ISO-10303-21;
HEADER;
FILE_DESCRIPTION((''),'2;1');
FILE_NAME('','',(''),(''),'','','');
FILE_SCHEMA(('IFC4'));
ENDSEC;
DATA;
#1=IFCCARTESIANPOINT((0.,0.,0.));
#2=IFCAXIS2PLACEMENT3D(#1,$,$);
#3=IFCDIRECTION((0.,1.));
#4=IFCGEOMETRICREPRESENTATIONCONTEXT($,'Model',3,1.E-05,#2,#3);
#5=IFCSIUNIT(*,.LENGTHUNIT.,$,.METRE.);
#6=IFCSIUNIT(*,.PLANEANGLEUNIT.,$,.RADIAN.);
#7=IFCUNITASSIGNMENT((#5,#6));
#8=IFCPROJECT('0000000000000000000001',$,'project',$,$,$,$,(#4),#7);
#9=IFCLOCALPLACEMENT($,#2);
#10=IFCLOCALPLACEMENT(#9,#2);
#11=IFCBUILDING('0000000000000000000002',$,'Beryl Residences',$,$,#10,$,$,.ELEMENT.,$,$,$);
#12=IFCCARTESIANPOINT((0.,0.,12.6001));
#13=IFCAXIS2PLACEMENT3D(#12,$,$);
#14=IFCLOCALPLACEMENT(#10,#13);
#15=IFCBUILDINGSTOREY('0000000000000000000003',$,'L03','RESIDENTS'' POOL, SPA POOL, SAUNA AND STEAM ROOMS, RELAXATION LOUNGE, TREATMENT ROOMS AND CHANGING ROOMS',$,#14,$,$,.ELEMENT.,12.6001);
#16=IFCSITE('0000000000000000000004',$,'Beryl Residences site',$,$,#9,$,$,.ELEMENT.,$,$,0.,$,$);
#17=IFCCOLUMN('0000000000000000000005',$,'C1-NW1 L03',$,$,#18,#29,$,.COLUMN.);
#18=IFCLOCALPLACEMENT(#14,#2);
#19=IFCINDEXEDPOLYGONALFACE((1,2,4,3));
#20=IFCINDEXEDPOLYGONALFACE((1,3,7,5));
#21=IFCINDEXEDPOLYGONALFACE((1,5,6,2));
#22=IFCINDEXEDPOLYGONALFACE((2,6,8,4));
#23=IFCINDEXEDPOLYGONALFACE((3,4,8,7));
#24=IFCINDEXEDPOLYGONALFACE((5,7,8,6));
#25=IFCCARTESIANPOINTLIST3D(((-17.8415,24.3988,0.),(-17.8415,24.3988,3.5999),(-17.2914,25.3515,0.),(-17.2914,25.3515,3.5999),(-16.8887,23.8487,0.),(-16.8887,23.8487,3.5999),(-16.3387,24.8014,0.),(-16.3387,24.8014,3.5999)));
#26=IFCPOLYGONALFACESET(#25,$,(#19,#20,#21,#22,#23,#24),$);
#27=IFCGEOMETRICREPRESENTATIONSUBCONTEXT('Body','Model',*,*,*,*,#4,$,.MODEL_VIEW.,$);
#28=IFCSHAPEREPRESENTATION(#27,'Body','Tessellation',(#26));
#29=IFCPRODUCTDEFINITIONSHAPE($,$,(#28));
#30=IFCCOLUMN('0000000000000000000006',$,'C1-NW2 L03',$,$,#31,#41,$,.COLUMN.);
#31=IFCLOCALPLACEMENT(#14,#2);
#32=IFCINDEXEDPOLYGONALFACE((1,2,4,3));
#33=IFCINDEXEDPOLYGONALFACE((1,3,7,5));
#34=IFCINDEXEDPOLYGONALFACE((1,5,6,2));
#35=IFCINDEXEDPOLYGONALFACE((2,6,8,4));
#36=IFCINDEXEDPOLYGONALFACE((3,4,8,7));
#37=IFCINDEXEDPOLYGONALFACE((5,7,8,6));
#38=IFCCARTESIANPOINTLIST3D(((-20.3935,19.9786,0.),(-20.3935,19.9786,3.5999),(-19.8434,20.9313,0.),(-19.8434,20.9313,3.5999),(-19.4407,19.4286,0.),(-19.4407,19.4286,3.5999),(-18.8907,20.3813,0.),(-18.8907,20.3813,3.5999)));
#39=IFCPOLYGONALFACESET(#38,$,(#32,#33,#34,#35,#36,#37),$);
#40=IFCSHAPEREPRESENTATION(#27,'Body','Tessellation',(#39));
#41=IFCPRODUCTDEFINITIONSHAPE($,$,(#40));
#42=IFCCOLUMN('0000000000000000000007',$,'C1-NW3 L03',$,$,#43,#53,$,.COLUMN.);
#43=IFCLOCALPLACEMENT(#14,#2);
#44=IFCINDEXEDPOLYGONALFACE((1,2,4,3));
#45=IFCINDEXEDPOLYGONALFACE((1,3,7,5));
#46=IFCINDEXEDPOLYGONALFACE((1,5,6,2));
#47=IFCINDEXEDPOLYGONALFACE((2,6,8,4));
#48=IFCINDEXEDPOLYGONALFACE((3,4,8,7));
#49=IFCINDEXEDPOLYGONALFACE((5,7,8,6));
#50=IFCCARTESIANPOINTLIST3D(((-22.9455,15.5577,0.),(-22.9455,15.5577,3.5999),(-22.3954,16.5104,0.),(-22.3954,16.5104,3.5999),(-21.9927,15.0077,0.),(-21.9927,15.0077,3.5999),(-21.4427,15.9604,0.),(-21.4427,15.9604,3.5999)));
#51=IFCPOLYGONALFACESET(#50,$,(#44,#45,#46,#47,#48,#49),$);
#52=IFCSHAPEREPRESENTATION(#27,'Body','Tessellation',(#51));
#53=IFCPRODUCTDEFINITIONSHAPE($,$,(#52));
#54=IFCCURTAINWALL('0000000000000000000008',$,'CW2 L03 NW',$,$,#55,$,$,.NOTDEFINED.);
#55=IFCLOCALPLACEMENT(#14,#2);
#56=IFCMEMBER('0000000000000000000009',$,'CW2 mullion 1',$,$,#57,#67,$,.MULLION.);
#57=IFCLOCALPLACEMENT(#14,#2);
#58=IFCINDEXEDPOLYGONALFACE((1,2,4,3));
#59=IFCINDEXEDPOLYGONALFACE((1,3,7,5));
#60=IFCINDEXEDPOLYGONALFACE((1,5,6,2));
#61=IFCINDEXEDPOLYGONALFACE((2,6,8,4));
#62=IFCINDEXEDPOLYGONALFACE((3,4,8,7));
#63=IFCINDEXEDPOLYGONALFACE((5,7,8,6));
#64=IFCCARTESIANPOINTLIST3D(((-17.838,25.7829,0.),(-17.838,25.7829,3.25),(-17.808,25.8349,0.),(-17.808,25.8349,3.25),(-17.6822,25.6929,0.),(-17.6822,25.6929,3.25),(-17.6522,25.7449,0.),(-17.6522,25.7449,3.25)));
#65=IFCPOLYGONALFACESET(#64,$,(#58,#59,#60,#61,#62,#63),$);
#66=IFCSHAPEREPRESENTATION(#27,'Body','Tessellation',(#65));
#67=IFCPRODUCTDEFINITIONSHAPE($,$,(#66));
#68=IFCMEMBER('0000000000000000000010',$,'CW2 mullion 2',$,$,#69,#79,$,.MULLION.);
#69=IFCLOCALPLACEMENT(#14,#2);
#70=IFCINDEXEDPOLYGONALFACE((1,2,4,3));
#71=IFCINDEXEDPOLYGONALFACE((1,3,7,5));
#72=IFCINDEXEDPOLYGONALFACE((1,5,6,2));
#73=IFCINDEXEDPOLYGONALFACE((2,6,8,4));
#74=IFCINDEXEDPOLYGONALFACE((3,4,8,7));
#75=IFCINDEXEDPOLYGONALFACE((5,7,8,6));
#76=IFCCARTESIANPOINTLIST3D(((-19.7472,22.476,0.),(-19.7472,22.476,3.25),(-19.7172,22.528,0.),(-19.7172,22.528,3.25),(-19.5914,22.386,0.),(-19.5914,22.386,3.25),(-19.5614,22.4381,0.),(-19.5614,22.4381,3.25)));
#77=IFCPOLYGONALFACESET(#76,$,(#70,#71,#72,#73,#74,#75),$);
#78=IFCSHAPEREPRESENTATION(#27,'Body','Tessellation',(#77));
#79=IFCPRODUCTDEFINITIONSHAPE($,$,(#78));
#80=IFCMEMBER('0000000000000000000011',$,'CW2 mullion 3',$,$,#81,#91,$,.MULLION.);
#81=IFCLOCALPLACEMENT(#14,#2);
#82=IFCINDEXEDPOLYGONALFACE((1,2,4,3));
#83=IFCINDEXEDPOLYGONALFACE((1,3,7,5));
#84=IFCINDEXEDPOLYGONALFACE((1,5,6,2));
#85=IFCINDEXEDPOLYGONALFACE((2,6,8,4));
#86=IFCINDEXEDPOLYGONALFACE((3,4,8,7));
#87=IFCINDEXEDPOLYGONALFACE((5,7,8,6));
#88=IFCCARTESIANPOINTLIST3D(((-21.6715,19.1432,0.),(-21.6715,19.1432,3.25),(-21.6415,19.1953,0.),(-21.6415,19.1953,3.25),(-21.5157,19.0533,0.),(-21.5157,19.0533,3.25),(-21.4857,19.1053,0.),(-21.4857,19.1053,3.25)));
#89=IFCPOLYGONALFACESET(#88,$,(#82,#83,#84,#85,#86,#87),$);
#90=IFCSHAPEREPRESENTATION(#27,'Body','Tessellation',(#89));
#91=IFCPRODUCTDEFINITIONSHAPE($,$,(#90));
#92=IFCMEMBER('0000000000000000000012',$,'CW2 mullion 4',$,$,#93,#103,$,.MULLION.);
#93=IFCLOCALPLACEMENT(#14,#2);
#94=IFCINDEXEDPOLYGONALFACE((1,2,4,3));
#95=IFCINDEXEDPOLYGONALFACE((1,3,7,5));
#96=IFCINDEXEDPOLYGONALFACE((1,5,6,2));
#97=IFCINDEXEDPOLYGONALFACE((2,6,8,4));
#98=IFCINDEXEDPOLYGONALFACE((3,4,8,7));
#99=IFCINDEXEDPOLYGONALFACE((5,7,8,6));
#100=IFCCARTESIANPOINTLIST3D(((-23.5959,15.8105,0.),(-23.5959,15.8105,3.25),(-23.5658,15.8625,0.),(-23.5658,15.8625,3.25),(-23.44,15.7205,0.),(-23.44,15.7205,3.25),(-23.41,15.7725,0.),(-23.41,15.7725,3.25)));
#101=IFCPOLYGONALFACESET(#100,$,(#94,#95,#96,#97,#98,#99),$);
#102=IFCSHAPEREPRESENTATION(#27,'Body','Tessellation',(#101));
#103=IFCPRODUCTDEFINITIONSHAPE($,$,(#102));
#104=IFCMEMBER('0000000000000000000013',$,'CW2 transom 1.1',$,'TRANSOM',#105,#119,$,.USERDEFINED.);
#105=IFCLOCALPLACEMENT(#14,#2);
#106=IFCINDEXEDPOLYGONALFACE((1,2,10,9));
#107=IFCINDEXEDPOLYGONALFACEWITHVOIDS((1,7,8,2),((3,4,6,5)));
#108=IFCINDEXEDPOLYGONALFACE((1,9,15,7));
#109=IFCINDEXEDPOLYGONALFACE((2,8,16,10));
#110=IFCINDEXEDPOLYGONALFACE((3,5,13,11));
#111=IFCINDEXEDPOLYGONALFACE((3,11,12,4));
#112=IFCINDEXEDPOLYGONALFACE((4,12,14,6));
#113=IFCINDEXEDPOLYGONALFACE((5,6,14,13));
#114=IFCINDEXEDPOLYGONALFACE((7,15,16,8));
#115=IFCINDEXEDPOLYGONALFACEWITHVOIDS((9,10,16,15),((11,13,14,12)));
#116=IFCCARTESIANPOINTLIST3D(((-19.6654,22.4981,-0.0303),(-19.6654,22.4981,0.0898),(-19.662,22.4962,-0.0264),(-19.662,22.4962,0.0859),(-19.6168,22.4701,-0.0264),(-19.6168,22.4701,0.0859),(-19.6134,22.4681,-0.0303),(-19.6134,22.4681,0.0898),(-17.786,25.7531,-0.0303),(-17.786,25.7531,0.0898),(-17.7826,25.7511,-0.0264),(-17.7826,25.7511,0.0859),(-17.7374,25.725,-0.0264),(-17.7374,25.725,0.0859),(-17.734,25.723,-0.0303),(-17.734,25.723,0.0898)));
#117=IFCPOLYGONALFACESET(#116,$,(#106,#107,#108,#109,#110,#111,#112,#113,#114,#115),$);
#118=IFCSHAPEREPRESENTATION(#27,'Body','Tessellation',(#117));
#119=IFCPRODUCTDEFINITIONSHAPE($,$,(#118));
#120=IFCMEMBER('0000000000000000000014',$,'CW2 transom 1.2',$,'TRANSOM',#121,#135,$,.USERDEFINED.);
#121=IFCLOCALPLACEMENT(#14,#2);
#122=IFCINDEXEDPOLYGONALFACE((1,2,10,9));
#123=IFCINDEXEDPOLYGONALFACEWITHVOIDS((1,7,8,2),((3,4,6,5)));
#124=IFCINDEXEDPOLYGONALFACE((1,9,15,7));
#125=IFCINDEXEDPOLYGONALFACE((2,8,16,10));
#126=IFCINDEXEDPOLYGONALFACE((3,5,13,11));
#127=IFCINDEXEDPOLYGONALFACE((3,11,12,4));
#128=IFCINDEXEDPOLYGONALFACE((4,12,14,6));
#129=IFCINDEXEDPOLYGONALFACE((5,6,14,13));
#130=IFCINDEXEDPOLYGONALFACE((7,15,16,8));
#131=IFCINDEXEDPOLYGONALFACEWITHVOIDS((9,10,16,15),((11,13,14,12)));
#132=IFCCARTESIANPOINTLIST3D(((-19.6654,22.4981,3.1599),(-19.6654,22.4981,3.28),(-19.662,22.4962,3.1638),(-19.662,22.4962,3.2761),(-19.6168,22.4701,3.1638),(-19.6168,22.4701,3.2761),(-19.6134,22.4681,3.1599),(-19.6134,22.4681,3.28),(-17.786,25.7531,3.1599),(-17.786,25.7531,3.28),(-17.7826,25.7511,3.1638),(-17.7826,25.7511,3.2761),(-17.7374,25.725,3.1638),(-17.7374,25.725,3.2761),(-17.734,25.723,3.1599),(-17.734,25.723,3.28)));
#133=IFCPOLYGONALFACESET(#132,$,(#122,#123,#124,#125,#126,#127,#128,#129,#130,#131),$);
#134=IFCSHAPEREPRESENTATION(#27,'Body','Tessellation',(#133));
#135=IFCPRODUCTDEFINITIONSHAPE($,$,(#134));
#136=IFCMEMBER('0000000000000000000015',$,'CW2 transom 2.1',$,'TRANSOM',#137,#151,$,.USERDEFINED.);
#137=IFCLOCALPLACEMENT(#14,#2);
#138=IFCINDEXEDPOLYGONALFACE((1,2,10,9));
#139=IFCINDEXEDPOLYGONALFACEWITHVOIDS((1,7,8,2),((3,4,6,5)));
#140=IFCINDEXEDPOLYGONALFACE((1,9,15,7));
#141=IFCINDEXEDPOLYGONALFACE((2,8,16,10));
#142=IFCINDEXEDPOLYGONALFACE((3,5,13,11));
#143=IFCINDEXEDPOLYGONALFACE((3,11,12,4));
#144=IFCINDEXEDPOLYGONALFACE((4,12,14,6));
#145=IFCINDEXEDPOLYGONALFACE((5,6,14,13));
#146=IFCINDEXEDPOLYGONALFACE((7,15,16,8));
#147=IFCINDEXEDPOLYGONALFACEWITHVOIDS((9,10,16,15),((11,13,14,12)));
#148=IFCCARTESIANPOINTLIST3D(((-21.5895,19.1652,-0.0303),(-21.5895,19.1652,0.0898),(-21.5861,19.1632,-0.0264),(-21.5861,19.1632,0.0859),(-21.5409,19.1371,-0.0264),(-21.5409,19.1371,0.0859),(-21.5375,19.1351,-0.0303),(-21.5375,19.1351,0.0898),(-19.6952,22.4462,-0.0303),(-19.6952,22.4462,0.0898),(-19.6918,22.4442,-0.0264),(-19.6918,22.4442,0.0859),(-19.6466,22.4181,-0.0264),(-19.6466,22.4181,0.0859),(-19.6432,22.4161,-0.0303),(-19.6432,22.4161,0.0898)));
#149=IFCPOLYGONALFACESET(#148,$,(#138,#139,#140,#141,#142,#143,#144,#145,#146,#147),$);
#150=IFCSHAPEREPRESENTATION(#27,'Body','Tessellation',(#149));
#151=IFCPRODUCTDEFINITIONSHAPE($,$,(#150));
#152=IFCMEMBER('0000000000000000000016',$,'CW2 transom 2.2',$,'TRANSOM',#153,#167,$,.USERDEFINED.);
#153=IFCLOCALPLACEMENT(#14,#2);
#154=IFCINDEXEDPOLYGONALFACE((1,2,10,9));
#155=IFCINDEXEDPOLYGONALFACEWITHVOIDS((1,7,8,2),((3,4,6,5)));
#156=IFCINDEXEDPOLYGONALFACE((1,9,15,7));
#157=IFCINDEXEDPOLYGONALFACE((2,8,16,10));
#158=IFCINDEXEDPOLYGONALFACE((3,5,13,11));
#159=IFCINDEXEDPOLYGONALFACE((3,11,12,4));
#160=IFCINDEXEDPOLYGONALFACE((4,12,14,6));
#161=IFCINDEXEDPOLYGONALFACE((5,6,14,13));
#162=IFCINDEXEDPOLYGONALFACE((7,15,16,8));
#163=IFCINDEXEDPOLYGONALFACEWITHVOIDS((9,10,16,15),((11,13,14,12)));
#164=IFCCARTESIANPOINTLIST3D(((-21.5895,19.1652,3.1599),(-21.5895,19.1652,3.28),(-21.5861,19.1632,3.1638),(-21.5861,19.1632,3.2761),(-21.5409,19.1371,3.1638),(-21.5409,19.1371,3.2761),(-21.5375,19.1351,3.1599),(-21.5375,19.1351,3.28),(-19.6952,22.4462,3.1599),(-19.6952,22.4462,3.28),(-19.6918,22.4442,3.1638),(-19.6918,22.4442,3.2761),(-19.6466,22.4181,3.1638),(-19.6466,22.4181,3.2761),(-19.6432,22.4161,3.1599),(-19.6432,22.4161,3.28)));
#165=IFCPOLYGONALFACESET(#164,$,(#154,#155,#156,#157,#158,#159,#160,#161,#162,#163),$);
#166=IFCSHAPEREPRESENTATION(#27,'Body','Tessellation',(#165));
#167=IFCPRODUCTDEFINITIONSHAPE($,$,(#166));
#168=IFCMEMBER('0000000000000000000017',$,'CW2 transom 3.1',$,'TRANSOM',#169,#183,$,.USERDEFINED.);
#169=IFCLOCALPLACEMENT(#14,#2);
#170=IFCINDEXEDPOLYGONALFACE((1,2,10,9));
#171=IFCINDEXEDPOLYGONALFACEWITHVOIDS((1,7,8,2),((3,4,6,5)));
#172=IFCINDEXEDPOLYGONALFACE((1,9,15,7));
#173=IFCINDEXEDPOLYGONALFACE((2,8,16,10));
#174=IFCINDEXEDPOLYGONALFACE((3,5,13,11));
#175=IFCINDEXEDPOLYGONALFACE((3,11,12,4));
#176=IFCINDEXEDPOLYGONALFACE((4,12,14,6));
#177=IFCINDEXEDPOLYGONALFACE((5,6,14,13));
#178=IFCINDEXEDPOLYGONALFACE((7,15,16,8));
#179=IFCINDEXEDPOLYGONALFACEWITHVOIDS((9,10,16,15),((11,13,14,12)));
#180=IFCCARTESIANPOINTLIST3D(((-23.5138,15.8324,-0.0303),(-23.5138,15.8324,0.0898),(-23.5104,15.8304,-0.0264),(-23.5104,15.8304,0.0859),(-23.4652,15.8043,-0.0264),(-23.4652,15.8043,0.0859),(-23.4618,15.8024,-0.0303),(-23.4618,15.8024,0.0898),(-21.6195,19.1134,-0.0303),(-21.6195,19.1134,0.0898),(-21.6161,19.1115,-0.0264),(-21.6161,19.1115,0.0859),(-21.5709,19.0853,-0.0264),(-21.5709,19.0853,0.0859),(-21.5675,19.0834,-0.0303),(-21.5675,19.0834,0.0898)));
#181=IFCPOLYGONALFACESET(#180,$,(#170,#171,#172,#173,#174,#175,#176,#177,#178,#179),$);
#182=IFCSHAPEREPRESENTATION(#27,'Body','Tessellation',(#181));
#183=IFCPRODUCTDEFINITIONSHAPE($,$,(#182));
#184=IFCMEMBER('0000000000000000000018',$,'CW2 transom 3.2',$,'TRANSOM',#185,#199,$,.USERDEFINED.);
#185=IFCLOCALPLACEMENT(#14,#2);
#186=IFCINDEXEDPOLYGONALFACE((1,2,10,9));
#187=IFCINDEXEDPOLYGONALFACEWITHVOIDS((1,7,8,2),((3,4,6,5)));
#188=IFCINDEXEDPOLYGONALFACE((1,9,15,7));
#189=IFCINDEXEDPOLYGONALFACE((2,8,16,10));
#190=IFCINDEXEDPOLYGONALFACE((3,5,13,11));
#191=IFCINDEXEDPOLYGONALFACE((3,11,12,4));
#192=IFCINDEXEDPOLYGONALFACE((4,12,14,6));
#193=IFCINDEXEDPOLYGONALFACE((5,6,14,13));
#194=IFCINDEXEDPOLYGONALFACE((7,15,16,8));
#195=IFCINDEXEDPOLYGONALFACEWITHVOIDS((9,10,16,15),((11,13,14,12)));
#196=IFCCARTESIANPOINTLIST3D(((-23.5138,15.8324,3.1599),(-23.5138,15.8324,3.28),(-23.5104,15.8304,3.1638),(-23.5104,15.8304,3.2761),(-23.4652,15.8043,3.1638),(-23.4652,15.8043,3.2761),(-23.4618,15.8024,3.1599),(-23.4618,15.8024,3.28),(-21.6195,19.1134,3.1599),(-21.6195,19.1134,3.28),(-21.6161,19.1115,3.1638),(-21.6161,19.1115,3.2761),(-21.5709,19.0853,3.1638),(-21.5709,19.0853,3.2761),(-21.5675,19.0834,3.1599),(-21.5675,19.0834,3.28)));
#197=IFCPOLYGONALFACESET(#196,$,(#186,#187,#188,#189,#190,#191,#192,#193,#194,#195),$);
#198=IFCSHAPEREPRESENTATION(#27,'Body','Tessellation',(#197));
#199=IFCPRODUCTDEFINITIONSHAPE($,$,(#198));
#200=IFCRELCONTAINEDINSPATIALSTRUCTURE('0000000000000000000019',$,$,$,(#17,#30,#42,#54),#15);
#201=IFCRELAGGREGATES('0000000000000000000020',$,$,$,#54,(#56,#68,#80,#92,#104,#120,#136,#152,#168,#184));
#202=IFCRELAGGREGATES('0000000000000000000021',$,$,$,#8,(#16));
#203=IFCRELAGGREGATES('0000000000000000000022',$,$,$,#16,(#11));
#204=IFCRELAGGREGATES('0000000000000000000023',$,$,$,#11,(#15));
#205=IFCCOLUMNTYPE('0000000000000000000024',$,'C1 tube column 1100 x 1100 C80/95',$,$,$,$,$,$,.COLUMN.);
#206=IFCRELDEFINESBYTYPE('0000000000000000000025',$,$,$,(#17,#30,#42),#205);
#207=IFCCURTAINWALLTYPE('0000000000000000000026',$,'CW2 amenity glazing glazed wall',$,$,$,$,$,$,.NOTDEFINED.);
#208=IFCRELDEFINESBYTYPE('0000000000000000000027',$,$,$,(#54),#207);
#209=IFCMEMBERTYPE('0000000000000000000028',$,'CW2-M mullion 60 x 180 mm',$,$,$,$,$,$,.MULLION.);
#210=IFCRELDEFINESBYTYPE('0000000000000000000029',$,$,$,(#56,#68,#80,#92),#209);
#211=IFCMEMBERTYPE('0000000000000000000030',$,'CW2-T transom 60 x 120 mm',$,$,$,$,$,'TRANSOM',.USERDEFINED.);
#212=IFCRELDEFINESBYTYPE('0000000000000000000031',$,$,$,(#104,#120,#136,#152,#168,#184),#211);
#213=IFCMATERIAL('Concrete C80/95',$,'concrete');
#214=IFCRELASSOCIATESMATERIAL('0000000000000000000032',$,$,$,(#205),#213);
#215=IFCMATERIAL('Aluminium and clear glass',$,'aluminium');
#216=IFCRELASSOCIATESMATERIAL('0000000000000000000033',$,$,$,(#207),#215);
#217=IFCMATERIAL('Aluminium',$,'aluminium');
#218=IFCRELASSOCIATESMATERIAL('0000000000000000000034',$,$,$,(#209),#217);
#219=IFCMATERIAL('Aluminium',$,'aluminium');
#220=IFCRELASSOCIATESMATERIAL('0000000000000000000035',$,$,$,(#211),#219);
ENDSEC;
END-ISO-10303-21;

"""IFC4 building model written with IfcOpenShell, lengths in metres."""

from ifc_helpers import new_model, si_unit, direction, frame, origin, origin_2d, place, context, subcontext, project, spatial, rectangle, hollow_rectangle, extrude, material, material_profile, profile_set, type_object, element, aggregate, save


model = new_model("IFC4")

# Units and contexts
model_context = context("Model", 3, precision=1e-05, world=origin(), true_north=direction((0.0, 1.0)))
body_context = subcontext(model_context, "Body", "Model", "MODEL_VIEW")
ifc_project = project(units=[si_unit("LENGTHUNIT", "METRE"), si_unit("PLANEANGLEUNIT", "RADIAN")], contexts=[model_context])

# Site, building, storey
site_placement = place(None, origin())
site = spatial("IfcSite", under=ifc_project, at=site_placement, Name="Beryl Residences site", CompositionType="ELEMENT", RefElevation=0.0)
building_placement = place(site_placement, origin())
building = spatial("IfcBuilding", under=site, at=building_placement, Name="Beryl Residences", CompositionType="ELEMENT")
storey_placement = place(building_placement, frame((0.0, 0.0, 12.6001)))
storey = spatial("IfcBuildingStorey", under=building, at=storey_placement, Name="L03", Description="RESIDENTS' POOL, SPA POOL, SAUNA AND STEAM ROOMS, RELAXATION LOUNGE, TREATMENT ROOMS AND CHANGING ROOMS", CompositionType="ELEMENT", Elevation=12.6001)

# Columns
ifc_material_1 = material(Name="Concrete C80/95", Category="concrete")
ifc_material_profile_1 = material_profile(ifc_material_1, rectangle(XDim=1.1001, YDim=1.1001, at=origin_2d()))
ifc_profile_set_1 = profile_set([ifc_material_profile_1], Name="Concrete C80/95")
column_type = type_object("IfcColumnType", Name="C1 tube column 1100 x 1100 C80/95", PredefinedType="COLUMN", material=ifc_profile_set_1)
for number, where, z_axis, x_axis, name in (
    (1, (-17.0901, 24.6001, 0.0), (0.0, 0.0, 1.0), (-0.499985, -0.866034, 0.0), "C1-NW1 L03"),
    (2, (-19.6421, 20.1799, 0.0), (0.0, 0.0, 1.0), (-0.499985, -0.866034, 0.0), "C1-NW2 L03"),
    (3, (-22.1941, 15.759, 0.0), (0.0, 0.0, 1.0), (-0.499985, -0.866034, 0.0), "C1-NW3 L03"),
):
    element("IfcColumn", number, at=place(storey_placement, frame(where, z_axis=z_axis, x_axis=x_axis)), inside=storey, type_object=column_type, Name=name, PredefinedType="COLUMN", context=body_context, shape_type="SweptSolid", body=[
        extrude(rectangle(XDim=1.1001, YDim=1.1001, at=origin_2d()), origin(), (0.0, 0.0, 1.0), 3.5999),
    ])

# Curtain wall, members
ifc_material_2 = material(Name="Aluminium and clear glass", Category="aluminium")
curtain_wall_type = type_object("IfcCurtainWallType", Name="CW2 amenity glazing glazed wall", PredefinedType="NOTDEFINED", material=ifc_material_2)
curtain_wall_placement = place(storey_placement, origin())
curtain_wall = element("IfcCurtainWall", 4, at=curtain_wall_placement, inside=storey, type_object=curtain_wall_type, Name="CW2 L03 NW", PredefinedType="NOTDEFINED")
ifc_material_3 = material(Name="Aluminium", Category="aluminium")
ifc_material_profile_2 = material_profile(ifc_material_3, rectangle(XDim=0.0601, YDim=0.1799, at=origin_2d()))
ifc_profile_set_2 = profile_set([ifc_material_profile_2], Name="Aluminium")
member_type_1 = type_object("IfcMemberType", Name="CW2-M mullion 60 x 180 mm", PredefinedType="MULLION", material=ifc_profile_set_2)
member_1_placement = place(storey_placement, frame((-17.7451, 25.7639, 0.0), z_axis=(0.0, 0.0, 1.0), x_axis=(-0.500012, -0.866019, 0.0)))
member_1 = element("IfcMember", 5, at=member_1_placement, type_object=member_type_1, Name="CW2 mullion 1", PredefinedType="MULLION", context=body_context, shape_type="SweptSolid", body=[
    extrude(rectangle(XDim=0.0601, YDim=0.1799, at=origin_2d()), origin(), (0.0, 0.0, 1.0), 3.25),
])
member_2_placement = place(storey_placement, frame((-19.6543, 22.457, 0.0), z_axis=(0.0, 0.0, 1.0), x_axis=(-0.500012, -0.866019, 0.0)))
member_2 = element("IfcMember", 6, at=member_2_placement, type_object=member_type_1, Name="CW2 mullion 2", PredefinedType="MULLION", context=body_context, shape_type="SweptSolid", body=[
    extrude(rectangle(XDim=0.0601, YDim=0.1799, at=origin_2d()), origin(), (0.0, 0.0, 1.0), 3.25),
])
member_3_placement = place(storey_placement, frame((-21.5786, 19.1243, 0.0), z_axis=(0.0, 0.0, 1.0), x_axis=(-0.500012, -0.866019, 0.0)))
member_3 = element("IfcMember", 7, at=member_3_placement, type_object=member_type_1, Name="CW2 mullion 3", PredefinedType="MULLION", context=body_context, shape_type="SweptSolid", body=[
    extrude(rectangle(XDim=0.0601, YDim=0.1799, at=origin_2d()), origin(), (0.0, 0.0, 1.0), 3.25),
])
member_4_placement = place(storey_placement, frame((-23.5029, 15.7915, 0.0), z_axis=(0.0, 0.0, 1.0), x_axis=(-0.500012, -0.866019, 0.0)))
member_4 = element("IfcMember", 8, at=member_4_placement, type_object=member_type_1, Name="CW2 mullion 4", PredefinedType="MULLION", context=body_context, shape_type="SweptSolid", body=[
    extrude(rectangle(XDim=0.0601, YDim=0.1799, at=origin_2d()), origin(), (0.0, 0.0, 1.0), 3.25),
])
ifc_material_4 = material(Name="Aluminium", Category="aluminium")
ifc_material_profile_3 = material_profile(ifc_material_4, hollow_rectangle(XDim=0.0601, YDim=0.1201, WallThickness=0.0039, at=origin_2d()))
ifc_profile_set_3 = profile_set([ifc_material_profile_3], Name="Aluminium")
member_type_2 = type_object("IfcMemberType", Name="CW2-T transom 60 x 120 mm", ElementType="TRANSOM", PredefinedType="USERDEFINED", material=ifc_profile_set_3)
member_5_placement = place(storey_placement, frame((-17.76, 25.738, 0.0298), z_axis=(-0.500037, -0.866004, 0.0), x_axis=(0.866004, -0.500037, 0.0)))
member_5 = element("IfcMember", 9, at=member_5_placement, type_object=member_type_2, Name="CW2 transom 1.1", ObjectType="TRANSOM", PredefinedType="USERDEFINED", context=body_context, shape_type="SweptSolid", body=[
    extrude(hollow_rectangle(XDim=0.0601, YDim=0.1201, WallThickness=0.0039, at=origin_2d()), origin(), (0.0, 0.0, 1.0), 3.7585),
])
member_6_placement = place(storey_placement, frame((-17.76, 25.738, 3.22), z_axis=(-0.500037, -0.866004, 0.0), x_axis=(0.866004, -0.500037, 0.0)))
member_6 = element("IfcMember", 10, at=member_6_placement, type_object=member_type_2, Name="CW2 transom 1.2", ObjectType="TRANSOM", PredefinedType="USERDEFINED", context=body_context, shape_type="SweptSolid", body=[
    extrude(hollow_rectangle(XDim=0.0601, YDim=0.1201, WallThickness=0.0039, at=origin_2d()), origin(), (0.0, 0.0, 1.0), 3.7585),
])
member_7_placement = place(storey_placement, frame((-19.6692, 22.4312, 0.0298), z_axis=(-0.5, -0.866026, 0.0), x_axis=(0.866026, -0.5, 0.0)))
member_7 = element("IfcMember", 11, at=member_7_placement, type_object=member_type_2, Name="CW2 transom 2.1", ObjectType="TRANSOM", PredefinedType="USERDEFINED", context=body_context, shape_type="SweptSolid", body=[
    extrude(hollow_rectangle(XDim=0.0601, YDim=0.1201, WallThickness=0.0039, at=origin_2d()), origin(), (0.0, 0.0, 1.0), 3.7886),
])
member_8_placement = place(storey_placement, frame((-19.6692, 22.4312, 3.22), z_axis=(-0.5, -0.866026, 0.0), x_axis=(0.866026, -0.5, 0.0)))
member_8 = element("IfcMember", 12, at=member_8_placement, type_object=member_type_2, Name="CW2 transom 2.2", ObjectType="TRANSOM", PredefinedType="USERDEFINED", context=body_context, shape_type="SweptSolid", body=[
    extrude(hollow_rectangle(XDim=0.0601, YDim=0.1201, WallThickness=0.0039, at=origin_2d()), origin(), (0.0, 0.0, 1.0), 3.7886),
])
member_9_placement = place(storey_placement, frame((-21.5935, 19.0984, 0.0298), z_axis=(-0.5, -0.866026, 0.0), x_axis=(0.866026, -0.5, 0.0)))
member_9 = element("IfcMember", 13, at=member_9_placement, type_object=member_type_2, Name="CW2 transom 3.1", ObjectType="TRANSOM", PredefinedType="USERDEFINED", context=body_context, shape_type="SweptSolid", body=[
    extrude(hollow_rectangle(XDim=0.0601, YDim=0.1201, WallThickness=0.0039, at=origin_2d()), origin(), (0.0, 0.0, 1.0), 3.7886),
])
member_10_placement = place(storey_placement, frame((-21.5935, 19.0984, 3.22), z_axis=(-0.5, -0.866026, 0.0), x_axis=(0.866026, -0.5, 0.0)))
member_10 = element("IfcMember", 14, at=member_10_placement, type_object=member_type_2, Name="CW2 transom 3.2", ObjectType="TRANSOM", PredefinedType="USERDEFINED", context=body_context, shape_type="SweptSolid", body=[
    extrude(hollow_rectangle(XDim=0.0601, YDim=0.1201, WallThickness=0.0039, at=origin_2d()), origin(), (0.0, 0.0, 1.0), 3.7886),
])

aggregate(curtain_wall, [member_1, member_2, member_3, member_4, member_5, member_6, member_7, member_8, member_9, member_10])

save(model, "model.ifc")
